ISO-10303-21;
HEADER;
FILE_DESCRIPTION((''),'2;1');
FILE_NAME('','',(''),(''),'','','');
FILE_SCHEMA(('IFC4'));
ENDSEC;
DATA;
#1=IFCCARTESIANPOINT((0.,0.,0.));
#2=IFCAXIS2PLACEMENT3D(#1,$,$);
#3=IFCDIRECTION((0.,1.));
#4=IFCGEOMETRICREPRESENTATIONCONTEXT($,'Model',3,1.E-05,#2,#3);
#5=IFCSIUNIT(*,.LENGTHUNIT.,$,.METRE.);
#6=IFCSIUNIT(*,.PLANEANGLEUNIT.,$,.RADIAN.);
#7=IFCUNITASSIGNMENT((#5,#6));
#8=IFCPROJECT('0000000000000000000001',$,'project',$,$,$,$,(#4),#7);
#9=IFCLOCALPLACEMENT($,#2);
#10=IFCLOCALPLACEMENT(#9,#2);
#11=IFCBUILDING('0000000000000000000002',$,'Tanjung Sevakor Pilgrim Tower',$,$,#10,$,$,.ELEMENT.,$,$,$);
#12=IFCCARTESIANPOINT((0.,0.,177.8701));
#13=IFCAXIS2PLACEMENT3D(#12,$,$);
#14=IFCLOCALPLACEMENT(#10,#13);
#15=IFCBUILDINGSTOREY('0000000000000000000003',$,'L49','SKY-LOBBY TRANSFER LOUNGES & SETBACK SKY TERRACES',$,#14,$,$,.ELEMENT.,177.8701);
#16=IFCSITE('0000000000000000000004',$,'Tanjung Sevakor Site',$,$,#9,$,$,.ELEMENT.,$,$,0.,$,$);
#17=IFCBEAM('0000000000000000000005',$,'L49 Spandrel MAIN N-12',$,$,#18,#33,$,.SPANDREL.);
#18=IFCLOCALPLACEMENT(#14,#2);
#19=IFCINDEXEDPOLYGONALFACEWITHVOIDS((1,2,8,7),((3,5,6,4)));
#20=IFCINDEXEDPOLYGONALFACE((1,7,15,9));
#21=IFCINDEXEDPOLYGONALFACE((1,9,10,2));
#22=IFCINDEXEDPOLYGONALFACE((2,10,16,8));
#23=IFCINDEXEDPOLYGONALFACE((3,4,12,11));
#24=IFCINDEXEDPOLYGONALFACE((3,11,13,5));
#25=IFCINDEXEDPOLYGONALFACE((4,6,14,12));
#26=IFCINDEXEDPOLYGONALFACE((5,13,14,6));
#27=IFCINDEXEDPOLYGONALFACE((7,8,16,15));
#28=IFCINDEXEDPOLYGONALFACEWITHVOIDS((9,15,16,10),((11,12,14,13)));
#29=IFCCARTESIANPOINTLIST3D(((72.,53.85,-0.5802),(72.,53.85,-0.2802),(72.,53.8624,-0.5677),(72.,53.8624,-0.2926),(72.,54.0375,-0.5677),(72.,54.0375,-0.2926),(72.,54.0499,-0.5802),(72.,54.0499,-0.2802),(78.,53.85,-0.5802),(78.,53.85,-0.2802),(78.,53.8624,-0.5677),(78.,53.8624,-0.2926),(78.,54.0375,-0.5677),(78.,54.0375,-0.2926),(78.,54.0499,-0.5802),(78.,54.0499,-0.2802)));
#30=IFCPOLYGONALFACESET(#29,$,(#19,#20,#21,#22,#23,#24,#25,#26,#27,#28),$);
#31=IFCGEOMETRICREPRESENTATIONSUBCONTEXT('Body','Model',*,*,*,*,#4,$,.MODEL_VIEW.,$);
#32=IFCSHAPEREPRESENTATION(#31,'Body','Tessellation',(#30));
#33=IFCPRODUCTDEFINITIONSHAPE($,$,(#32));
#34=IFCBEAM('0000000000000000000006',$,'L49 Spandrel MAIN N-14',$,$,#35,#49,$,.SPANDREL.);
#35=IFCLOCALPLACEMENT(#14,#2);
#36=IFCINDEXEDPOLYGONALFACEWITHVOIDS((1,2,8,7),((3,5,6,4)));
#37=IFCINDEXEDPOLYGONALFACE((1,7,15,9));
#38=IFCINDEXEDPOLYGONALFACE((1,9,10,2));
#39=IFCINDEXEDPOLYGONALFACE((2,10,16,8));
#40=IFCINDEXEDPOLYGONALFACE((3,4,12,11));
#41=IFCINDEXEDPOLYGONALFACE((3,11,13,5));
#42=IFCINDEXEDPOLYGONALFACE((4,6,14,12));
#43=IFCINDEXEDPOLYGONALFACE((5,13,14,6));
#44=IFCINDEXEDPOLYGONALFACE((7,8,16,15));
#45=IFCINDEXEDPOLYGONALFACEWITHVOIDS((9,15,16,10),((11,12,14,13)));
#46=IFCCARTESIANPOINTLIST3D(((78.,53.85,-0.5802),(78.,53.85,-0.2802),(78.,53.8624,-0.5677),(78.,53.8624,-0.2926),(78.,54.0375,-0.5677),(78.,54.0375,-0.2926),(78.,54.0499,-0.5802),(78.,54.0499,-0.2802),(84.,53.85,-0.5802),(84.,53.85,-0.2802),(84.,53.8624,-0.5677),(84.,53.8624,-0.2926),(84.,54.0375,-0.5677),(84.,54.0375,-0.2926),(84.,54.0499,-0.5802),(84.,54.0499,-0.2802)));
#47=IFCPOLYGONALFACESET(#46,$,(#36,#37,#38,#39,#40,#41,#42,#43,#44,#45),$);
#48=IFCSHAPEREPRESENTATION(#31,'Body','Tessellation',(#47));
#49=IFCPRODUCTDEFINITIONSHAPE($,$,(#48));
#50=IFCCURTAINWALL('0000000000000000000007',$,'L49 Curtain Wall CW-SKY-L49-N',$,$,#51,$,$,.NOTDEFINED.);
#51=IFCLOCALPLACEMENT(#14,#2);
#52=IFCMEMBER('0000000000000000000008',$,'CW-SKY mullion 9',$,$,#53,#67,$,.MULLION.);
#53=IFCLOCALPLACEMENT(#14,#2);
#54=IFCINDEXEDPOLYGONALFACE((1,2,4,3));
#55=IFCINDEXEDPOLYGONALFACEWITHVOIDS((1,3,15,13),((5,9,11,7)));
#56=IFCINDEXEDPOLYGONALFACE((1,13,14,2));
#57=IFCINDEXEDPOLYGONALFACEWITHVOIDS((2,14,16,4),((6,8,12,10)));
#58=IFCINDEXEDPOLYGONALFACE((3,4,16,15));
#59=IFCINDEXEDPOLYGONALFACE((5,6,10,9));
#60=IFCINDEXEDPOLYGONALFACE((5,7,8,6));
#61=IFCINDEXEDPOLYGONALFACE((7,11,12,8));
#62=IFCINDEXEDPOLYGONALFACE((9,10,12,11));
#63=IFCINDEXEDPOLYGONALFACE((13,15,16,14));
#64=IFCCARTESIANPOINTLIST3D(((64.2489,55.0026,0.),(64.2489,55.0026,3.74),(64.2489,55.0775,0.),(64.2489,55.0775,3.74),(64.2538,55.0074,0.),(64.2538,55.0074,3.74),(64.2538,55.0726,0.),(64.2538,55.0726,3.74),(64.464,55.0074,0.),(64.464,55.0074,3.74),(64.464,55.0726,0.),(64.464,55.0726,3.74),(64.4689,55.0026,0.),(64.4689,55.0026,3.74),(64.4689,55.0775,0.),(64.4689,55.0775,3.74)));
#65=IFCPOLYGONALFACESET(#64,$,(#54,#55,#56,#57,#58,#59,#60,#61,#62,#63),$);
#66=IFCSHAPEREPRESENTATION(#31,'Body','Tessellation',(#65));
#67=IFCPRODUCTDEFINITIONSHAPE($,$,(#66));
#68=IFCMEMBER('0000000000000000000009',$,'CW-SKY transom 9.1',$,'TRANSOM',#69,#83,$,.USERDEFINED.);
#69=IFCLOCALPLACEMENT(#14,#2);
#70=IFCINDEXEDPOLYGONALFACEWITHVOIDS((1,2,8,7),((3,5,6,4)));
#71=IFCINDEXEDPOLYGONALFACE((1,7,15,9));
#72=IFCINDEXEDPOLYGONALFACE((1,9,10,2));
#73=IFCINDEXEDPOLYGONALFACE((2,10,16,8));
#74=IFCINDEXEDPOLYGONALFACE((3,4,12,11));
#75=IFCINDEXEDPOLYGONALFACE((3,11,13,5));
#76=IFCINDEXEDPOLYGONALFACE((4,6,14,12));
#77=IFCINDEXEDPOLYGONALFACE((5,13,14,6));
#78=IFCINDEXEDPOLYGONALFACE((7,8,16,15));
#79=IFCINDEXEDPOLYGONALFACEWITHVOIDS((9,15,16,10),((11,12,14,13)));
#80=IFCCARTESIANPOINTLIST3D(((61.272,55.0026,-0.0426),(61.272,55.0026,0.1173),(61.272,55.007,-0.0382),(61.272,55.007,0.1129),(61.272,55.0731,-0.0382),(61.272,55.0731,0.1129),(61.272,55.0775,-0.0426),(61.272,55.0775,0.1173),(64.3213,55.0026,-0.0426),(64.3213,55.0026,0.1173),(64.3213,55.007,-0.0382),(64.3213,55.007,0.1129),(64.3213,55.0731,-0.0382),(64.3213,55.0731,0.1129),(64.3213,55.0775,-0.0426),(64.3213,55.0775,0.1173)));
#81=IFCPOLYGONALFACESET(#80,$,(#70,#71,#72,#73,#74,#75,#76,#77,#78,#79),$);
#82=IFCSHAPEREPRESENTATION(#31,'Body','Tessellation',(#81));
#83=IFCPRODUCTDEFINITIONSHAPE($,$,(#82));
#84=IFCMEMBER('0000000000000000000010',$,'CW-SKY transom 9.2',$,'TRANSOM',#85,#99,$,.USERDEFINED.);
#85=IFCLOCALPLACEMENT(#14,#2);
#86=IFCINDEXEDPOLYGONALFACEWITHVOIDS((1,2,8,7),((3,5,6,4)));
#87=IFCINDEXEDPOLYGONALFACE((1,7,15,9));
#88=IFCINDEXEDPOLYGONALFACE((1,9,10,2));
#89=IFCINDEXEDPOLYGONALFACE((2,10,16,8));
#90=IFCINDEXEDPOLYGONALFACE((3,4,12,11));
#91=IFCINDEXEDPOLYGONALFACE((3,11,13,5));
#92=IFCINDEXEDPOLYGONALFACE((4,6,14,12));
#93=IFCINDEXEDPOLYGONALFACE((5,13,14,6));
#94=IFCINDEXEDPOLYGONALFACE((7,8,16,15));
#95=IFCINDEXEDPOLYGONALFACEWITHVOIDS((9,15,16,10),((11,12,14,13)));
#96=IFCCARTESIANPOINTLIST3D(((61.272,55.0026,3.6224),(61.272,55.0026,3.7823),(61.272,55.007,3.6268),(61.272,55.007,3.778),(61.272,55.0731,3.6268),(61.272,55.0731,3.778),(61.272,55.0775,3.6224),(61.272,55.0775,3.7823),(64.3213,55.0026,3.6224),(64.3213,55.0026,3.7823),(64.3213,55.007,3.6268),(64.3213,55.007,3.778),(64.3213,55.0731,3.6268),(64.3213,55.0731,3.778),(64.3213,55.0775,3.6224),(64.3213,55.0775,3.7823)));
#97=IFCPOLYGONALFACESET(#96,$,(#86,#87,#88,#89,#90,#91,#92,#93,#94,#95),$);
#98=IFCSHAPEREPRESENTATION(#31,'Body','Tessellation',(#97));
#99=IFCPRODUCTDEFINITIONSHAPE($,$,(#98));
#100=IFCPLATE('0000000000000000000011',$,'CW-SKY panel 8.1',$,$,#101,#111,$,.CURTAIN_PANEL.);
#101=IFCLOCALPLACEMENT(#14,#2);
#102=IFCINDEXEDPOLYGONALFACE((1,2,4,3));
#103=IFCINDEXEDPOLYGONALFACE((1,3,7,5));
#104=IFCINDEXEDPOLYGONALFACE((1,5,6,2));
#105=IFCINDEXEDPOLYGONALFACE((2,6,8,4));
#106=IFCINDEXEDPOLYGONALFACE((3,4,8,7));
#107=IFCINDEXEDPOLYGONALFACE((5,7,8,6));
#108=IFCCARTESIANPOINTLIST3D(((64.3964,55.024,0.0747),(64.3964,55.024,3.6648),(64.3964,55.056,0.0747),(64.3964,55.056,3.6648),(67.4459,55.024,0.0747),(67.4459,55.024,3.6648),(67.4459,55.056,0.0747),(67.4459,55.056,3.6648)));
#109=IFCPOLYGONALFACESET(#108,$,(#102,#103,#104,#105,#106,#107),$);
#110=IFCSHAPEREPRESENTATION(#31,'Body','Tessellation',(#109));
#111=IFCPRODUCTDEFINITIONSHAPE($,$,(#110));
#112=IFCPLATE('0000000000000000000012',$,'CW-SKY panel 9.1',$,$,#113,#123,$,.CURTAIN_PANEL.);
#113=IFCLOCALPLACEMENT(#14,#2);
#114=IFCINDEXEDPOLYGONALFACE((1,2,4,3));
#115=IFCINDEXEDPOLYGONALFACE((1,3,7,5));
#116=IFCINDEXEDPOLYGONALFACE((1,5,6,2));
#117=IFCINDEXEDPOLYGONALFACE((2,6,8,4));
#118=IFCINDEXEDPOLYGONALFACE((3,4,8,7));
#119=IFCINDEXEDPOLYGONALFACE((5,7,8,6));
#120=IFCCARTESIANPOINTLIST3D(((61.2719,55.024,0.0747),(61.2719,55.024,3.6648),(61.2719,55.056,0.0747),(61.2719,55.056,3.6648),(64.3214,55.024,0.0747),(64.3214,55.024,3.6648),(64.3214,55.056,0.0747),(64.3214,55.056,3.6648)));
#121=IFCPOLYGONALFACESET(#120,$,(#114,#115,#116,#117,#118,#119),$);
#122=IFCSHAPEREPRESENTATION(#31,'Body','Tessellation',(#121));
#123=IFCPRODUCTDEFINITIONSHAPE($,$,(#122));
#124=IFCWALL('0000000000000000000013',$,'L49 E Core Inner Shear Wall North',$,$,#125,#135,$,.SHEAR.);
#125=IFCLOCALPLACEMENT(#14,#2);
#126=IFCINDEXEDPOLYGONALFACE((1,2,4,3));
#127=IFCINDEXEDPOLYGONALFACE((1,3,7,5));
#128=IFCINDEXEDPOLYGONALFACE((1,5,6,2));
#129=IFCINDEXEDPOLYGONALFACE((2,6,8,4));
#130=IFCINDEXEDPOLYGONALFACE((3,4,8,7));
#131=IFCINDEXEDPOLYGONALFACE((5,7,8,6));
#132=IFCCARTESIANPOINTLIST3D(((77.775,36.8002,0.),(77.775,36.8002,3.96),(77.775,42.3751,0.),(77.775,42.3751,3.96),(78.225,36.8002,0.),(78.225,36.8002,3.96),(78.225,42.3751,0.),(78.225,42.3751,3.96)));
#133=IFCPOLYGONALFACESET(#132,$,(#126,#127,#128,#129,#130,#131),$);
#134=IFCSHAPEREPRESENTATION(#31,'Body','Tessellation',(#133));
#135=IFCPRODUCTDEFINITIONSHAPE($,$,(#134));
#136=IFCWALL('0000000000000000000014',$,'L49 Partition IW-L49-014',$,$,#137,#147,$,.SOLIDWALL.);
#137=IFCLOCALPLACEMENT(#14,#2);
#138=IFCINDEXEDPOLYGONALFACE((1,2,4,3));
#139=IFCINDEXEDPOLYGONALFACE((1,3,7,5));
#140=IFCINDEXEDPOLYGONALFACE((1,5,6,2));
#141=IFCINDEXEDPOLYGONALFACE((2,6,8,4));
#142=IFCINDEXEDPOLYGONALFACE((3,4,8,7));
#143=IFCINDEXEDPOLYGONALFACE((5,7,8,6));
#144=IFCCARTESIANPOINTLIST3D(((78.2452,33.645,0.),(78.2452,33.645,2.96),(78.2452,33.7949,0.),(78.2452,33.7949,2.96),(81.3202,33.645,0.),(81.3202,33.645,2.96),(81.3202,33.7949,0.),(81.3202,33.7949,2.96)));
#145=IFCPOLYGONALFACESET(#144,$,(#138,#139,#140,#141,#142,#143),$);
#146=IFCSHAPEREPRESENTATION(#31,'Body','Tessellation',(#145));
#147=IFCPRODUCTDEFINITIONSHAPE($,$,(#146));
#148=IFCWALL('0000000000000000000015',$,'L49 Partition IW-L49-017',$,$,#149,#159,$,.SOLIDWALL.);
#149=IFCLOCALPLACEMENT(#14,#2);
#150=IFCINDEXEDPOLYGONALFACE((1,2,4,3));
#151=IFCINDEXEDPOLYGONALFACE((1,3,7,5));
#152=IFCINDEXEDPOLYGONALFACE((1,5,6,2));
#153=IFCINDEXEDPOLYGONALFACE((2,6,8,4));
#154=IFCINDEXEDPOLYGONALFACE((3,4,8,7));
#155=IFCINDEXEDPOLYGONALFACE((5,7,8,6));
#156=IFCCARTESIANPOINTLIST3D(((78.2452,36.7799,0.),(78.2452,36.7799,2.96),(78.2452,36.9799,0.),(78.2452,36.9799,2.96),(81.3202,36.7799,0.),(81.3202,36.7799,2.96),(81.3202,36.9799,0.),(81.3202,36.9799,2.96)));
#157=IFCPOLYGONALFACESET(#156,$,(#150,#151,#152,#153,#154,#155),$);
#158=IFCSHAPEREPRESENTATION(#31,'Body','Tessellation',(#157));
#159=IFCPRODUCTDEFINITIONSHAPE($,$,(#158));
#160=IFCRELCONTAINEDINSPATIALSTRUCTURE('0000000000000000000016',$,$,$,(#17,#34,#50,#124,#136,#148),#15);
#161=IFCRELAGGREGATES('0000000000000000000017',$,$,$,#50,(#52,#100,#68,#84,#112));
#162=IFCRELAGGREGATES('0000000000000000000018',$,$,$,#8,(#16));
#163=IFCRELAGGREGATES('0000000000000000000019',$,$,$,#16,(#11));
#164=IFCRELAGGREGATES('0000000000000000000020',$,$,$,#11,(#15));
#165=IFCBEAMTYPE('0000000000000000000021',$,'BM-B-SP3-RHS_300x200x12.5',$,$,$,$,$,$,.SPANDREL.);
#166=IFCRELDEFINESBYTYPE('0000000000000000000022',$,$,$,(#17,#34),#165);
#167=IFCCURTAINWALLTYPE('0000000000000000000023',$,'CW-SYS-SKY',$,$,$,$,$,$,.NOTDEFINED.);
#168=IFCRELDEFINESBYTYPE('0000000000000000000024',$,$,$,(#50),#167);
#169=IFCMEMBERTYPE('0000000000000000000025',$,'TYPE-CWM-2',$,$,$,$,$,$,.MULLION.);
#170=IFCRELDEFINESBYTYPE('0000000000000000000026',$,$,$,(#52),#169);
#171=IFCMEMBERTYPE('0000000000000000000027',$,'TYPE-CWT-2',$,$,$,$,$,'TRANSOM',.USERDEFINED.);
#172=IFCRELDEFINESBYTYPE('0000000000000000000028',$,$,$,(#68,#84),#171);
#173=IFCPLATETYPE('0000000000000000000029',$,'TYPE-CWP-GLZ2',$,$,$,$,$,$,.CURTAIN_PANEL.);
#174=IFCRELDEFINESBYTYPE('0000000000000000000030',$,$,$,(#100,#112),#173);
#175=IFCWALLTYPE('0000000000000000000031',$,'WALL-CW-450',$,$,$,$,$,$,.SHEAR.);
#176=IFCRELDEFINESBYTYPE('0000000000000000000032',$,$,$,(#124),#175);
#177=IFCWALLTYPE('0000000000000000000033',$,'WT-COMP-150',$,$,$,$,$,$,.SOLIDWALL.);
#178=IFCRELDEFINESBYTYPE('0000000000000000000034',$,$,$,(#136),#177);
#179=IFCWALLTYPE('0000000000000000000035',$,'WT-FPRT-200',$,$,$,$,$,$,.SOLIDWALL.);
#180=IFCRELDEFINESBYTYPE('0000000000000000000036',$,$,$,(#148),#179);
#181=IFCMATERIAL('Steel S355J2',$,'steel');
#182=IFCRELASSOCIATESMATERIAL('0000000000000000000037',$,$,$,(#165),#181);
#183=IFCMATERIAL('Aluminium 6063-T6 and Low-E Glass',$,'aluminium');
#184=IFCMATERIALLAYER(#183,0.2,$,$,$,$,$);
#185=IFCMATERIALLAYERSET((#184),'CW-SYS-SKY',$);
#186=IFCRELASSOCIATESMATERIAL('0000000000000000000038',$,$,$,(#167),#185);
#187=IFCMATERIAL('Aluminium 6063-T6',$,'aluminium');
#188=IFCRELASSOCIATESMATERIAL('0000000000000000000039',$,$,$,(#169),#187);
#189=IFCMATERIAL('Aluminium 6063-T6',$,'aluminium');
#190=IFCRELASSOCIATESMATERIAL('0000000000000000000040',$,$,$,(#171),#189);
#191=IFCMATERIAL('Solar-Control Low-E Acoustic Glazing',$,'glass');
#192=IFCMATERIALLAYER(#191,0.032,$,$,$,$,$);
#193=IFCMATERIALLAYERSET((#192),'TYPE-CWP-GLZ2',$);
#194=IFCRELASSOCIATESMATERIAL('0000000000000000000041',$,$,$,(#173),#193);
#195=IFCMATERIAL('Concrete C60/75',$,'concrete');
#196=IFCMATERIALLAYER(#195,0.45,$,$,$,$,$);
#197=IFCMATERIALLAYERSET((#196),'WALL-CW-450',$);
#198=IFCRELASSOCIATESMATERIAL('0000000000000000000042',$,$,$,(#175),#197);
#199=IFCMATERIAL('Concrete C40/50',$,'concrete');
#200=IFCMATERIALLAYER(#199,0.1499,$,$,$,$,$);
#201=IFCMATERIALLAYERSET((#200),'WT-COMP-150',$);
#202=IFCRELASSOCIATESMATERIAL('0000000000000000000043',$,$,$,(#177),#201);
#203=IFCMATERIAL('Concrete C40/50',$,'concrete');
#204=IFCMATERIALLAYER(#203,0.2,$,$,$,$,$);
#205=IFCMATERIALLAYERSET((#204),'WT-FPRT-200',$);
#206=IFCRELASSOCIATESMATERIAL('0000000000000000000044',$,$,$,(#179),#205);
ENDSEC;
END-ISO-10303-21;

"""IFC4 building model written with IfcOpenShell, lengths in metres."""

from ifc_helpers import new_model, si_unit, direction, frame, frame_2d, origin, origin_2d, place, context, subcontext, project, spatial, rectangle, hollow_rectangle, extrude, material, layer, layer_set, material_profile, profile_set, type_object, element, aggregate, save


model = new_model("IFC4")

# Units and contexts
model_context = context("Model", 3, precision=1e-05, world=origin(), true_north=direction((0.0, 1.0)))
body_context = subcontext(model_context, "Body", "Model", "MODEL_VIEW")
ifc_project = project(units=[si_unit("LENGTHUNIT", "METRE"), si_unit("PLANEANGLEUNIT", "RADIAN")], contexts=[model_context])

# Site, building, storey
site_placement = place(None, origin())
site = spatial("IfcSite", under=ifc_project, at=site_placement, Name="Tanjung Sevakor Site", CompositionType="ELEMENT", RefElevation=0.0)
building_placement = place(site_placement, origin())
building = spatial("IfcBuilding", under=site, at=building_placement, Name="Tanjung Sevakor Pilgrim Tower", CompositionType="ELEMENT")
storey_placement = place(building_placement, frame((0.0, 0.0, 177.8701)))
storey = spatial("IfcBuildingStorey", under=building, at=storey_placement, Name="L49", Description="SKY-LOBBY TRANSFER LOUNGES & SETBACK SKY TERRACES", CompositionType="ELEMENT", Elevation=177.8701)

# Beams
ifc_material_1 = material(Name="Steel S355J2", Category="steel")
ifc_material_profile_1 = material_profile(ifc_material_1, hollow_rectangle(XDim=0.2, YDim=0.3, WallThickness=0.0125, at=origin_2d()))
ifc_profile_set_1 = profile_set([ifc_material_profile_1], Name="Steel S355J2")
beam_type_1 = type_object("IfcBeamType", Name="BM-B-SP3-RHS_300x200x12.5", PredefinedType="SPANDREL", material=ifc_profile_set_1)
for number, where, z_axis, x_axis, name in (
    (1, (72.0, 53.95, -0.4302), (1.0, 0.0, 0.0), (0.0, 1.0, 0.0), "L49 Spandrel MAIN N-12"),
    (2, (78.0, 53.95, -0.4302), (1.0, 0.0, 0.0), (0.0, 1.0, 0.0), "L49 Spandrel MAIN N-14"),
):
    element("IfcBeam", number, at=place(storey_placement, frame(where, z_axis=z_axis, x_axis=x_axis)), inside=storey, type_object=beam_type_1, Name=name, PredefinedType="SPANDREL", context=body_context, shape_type="SweptSolid", body=[
        extrude(hollow_rectangle(XDim=0.2, YDim=0.3, WallThickness=0.0125, at=origin_2d()), origin(), (0.0, 0.0, 1.0), 6.0),
    ])

# Curtain wall, members, plates
ifc_material_2 = material(Name="Aluminium 6063-T6 and Low-E Glass", Category="aluminium")
ifc_layer_1 = layer(ifc_material_2, 0.2)
ifc_layer_set_1 = layer_set([ifc_layer_1], Name="CW-SYS-SKY")
curtain_wall_type = type_object("IfcCurtainWallType", Name="CW-SYS-SKY", PredefinedType="NOTDEFINED", material=ifc_layer_set_1)
curtain_wall_placement = place(storey_placement, origin())
curtain_wall = element("IfcCurtainWall", 3, at=curtain_wall_placement, inside=storey, type_object=curtain_wall_type, Name="L49 Curtain Wall CW-SKY-L49-N", PredefinedType="NOTDEFINED")
ifc_material_3 = material(Name="Aluminium 6063-T6", Category="aluminium")
ifc_material_profile_2 = material_profile(ifc_material_3, hollow_rectangle(XDim=0.075, YDim=0.22, WallThickness=0.0049, at=origin_2d()))
ifc_profile_set_2 = profile_set([ifc_material_profile_2], Name="Aluminium 6063-T6")
member_type_1 = type_object("IfcMemberType", Name="TYPE-CWM-2", PredefinedType="MULLION", material=ifc_profile_set_2)
member_1_placement = place(storey_placement, frame((64.3589, 55.04, 0.0), z_axis=(0.0, 0.0, 1.0), x_axis=(0.0, -1.0, 0.0)))
member_1 = element("IfcMember", 4, at=member_1_placement, type_object=member_type_1, Name="CW-SKY mullion 9", PredefinedType="MULLION", context=body_context, shape_type="SweptSolid", body=[
    extrude(hollow_rectangle(XDim=0.075, YDim=0.22, WallThickness=0.0049, at=origin_2d()), origin(), (0.0, 0.0, 1.0), 3.74),
])
ifc_material_4 = material(Name="Aluminium 6063-T6", Category="aluminium")
ifc_material_profile_3 = material_profile(ifc_material_4, hollow_rectangle(XDim=0.075, YDim=0.1599, WallThickness=0.0044, at=origin_2d()))
ifc_profile_set_3 = profile_set([ifc_material_profile_3], Name="Aluminium 6063-T6")
member_type_2 = type_object("IfcMemberType", Name="TYPE-CWT-2", ElementType="TRANSOM", PredefinedType="USERDEFINED", material=ifc_profile_set_3)
member_2_placement = place(storey_placement, frame((64.3213, 55.04, 0.0374), z_axis=(-1.0, 0.0, 0.0), x_axis=(0.0, -1.0, 0.0)))
member_2 = element("IfcMember", 5, at=member_2_placement, type_object=member_type_2, Name="CW-SKY transom 9.1", ObjectType="TRANSOM", PredefinedType="USERDEFINED", context=body_context, shape_type="SweptSolid", body=[
    extrude(hollow_rectangle(XDim=0.075, YDim=0.1599, WallThickness=0.0044, at=origin_2d()), origin(), (0.0, 0.0, 1.0), 3.0493),
])
member_3_placement = place(storey_placement, frame((64.3213, 55.04, 3.7024), z_axis=(-1.0, 0.0, 0.0), x_axis=(0.0, -1.0, 0.0)))
member_3 = element("IfcMember", 6, at=member_3_placement, type_object=member_type_2, Name="CW-SKY transom 9.2", ObjectType="TRANSOM", PredefinedType="USERDEFINED", context=body_context, shape_type="SweptSolid", body=[
    extrude(hollow_rectangle(XDim=0.075, YDim=0.1599, WallThickness=0.0044, at=origin_2d()), origin(), (0.0, 0.0, 1.0), 3.0493),
])
ifc_material_5 = material(Name="Solar-Control Low-E Acoustic Glazing", Category="glass")
ifc_layer_2 = layer(ifc_material_5, 0.032)
ifc_layer_set_2 = layer_set([ifc_layer_2], Name="TYPE-CWP-GLZ2")
plate_type = type_object("IfcPlateType", Name="TYPE-CWP-GLZ2", PredefinedType="CURTAIN_PANEL", material=ifc_layer_set_2)
plate_1_placement = place(storey_placement, frame((65.9211, 55.04, 0.0747), z_axis=(0.0, 0.0, 1.0), x_axis=(-1.0, 0.0, 0.0)))
plate_1 = element("IfcPlate", 7, at=plate_1_placement, type_object=plate_type, Name="CW-SKY panel 8.1", PredefinedType="CURTAIN_PANEL", context=body_context, shape_type="SweptSolid", body=[
    extrude(rectangle(XDim=3.0496, YDim=0.032, at=origin_2d()), origin(), (0.0, 0.0, 1.0), 3.5901),
])
plate_2_placement = place(storey_placement, frame((62.7966, 55.04, 0.0747), z_axis=(0.0, 0.0, 1.0), x_axis=(-1.0, 0.0, 0.0)))
plate_2 = element("IfcPlate", 8, at=plate_2_placement, type_object=plate_type, Name="CW-SKY panel 9.1", PredefinedType="CURTAIN_PANEL", context=body_context, shape_type="SweptSolid", body=[
    extrude(rectangle(XDim=3.0496, YDim=0.032, at=origin_2d()), origin(), (0.0, 0.0, 1.0), 3.5901),
])
aggregate(curtain_wall, [member_1, plate_1, member_2, member_3, plate_2])

# Walls
ifc_material_6 = material(Name="Concrete C60/75", Category="concrete")
ifc_layer_3 = layer(ifc_material_6, 0.45)
ifc_layer_set_3 = layer_set([ifc_layer_3], Name="WALL-CW-450")
wall_type_1 = type_object("IfcWallType", Name="WALL-CW-450", PredefinedType="SHEAR", material=ifc_layer_set_3)
wall_1_placement = place(storey_placement, frame((78.0, 36.8, 0.0), z_axis=(0.0, 0.0, 1.0), x_axis=(0.0, 1.0, 0.0)))
element("IfcWall", 9, at=wall_1_placement, inside=storey, type_object=wall_type_1, Name="L49 E Core Inner Shear Wall North", PredefinedType="SHEAR", context=body_context, shape_type="SweptSolid", body=[
    extrude(rectangle(XDim=5.575, YDim=0.45, at=frame_2d((2.7876, 0.0))), origin(), (0.0, 0.0, 1.0), 3.96),
])
ifc_material_7 = material(Name="Concrete C40/50", Category="concrete")
ifc_layer_4 = layer(ifc_material_7, 0.1499)
ifc_layer_set_4 = layer_set([ifc_layer_4], Name="WT-COMP-150")
wall_type_2 = type_object("IfcWallType", Name="WT-COMP-150", PredefinedType="SOLIDWALL", material=ifc_layer_set_4)
wall_2_placement = place(storey_placement, frame((78.2451, 33.72, 0.0), z_axis=(0.0, 0.0, 1.0), x_axis=(1.0, 0.0, 0.0)))
element("IfcWall", 10, at=wall_2_placement, inside=storey, type_object=wall_type_2, Name="L49 Partition IW-L49-014", PredefinedType="SOLIDWALL", context=body_context, shape_type="SweptSolid", body=[
    extrude(rectangle(XDim=3.075, YDim=0.1499, at=frame_2d((1.5376, 0.0))), origin(), (0.0, 0.0, 1.0), 2.96),
])

# Wall
ifc_material_8 = material(Name="Concrete C40/50", Category="concrete")
ifc_layer_5 = layer(ifc_material_8, 0.2)
ifc_layer_set_5 = layer_set([ifc_layer_5], Name="WT-FPRT-200")
wall_type_3 = type_object("IfcWallType", Name="WT-FPRT-200", PredefinedType="SOLIDWALL", material=ifc_layer_set_5)
wall_3_placement = place(storey_placement, frame((78.2451, 36.8799, 0.0), z_axis=(0.0, 0.0, 1.0), x_axis=(1.0, 0.0, 0.0)))
element("IfcWall", 11, at=wall_3_placement, inside=storey, type_object=wall_type_3, Name="L49 Partition IW-L49-017", PredefinedType="SOLIDWALL", context=body_context, shape_type="SweptSolid", body=[
    extrude(rectangle(XDim=3.075, YDim=0.2, at=frame_2d((1.5376, 0.0))), origin(), (0.0, 0.0, 1.0), 2.96),
])

save(model, "model.ifc")
